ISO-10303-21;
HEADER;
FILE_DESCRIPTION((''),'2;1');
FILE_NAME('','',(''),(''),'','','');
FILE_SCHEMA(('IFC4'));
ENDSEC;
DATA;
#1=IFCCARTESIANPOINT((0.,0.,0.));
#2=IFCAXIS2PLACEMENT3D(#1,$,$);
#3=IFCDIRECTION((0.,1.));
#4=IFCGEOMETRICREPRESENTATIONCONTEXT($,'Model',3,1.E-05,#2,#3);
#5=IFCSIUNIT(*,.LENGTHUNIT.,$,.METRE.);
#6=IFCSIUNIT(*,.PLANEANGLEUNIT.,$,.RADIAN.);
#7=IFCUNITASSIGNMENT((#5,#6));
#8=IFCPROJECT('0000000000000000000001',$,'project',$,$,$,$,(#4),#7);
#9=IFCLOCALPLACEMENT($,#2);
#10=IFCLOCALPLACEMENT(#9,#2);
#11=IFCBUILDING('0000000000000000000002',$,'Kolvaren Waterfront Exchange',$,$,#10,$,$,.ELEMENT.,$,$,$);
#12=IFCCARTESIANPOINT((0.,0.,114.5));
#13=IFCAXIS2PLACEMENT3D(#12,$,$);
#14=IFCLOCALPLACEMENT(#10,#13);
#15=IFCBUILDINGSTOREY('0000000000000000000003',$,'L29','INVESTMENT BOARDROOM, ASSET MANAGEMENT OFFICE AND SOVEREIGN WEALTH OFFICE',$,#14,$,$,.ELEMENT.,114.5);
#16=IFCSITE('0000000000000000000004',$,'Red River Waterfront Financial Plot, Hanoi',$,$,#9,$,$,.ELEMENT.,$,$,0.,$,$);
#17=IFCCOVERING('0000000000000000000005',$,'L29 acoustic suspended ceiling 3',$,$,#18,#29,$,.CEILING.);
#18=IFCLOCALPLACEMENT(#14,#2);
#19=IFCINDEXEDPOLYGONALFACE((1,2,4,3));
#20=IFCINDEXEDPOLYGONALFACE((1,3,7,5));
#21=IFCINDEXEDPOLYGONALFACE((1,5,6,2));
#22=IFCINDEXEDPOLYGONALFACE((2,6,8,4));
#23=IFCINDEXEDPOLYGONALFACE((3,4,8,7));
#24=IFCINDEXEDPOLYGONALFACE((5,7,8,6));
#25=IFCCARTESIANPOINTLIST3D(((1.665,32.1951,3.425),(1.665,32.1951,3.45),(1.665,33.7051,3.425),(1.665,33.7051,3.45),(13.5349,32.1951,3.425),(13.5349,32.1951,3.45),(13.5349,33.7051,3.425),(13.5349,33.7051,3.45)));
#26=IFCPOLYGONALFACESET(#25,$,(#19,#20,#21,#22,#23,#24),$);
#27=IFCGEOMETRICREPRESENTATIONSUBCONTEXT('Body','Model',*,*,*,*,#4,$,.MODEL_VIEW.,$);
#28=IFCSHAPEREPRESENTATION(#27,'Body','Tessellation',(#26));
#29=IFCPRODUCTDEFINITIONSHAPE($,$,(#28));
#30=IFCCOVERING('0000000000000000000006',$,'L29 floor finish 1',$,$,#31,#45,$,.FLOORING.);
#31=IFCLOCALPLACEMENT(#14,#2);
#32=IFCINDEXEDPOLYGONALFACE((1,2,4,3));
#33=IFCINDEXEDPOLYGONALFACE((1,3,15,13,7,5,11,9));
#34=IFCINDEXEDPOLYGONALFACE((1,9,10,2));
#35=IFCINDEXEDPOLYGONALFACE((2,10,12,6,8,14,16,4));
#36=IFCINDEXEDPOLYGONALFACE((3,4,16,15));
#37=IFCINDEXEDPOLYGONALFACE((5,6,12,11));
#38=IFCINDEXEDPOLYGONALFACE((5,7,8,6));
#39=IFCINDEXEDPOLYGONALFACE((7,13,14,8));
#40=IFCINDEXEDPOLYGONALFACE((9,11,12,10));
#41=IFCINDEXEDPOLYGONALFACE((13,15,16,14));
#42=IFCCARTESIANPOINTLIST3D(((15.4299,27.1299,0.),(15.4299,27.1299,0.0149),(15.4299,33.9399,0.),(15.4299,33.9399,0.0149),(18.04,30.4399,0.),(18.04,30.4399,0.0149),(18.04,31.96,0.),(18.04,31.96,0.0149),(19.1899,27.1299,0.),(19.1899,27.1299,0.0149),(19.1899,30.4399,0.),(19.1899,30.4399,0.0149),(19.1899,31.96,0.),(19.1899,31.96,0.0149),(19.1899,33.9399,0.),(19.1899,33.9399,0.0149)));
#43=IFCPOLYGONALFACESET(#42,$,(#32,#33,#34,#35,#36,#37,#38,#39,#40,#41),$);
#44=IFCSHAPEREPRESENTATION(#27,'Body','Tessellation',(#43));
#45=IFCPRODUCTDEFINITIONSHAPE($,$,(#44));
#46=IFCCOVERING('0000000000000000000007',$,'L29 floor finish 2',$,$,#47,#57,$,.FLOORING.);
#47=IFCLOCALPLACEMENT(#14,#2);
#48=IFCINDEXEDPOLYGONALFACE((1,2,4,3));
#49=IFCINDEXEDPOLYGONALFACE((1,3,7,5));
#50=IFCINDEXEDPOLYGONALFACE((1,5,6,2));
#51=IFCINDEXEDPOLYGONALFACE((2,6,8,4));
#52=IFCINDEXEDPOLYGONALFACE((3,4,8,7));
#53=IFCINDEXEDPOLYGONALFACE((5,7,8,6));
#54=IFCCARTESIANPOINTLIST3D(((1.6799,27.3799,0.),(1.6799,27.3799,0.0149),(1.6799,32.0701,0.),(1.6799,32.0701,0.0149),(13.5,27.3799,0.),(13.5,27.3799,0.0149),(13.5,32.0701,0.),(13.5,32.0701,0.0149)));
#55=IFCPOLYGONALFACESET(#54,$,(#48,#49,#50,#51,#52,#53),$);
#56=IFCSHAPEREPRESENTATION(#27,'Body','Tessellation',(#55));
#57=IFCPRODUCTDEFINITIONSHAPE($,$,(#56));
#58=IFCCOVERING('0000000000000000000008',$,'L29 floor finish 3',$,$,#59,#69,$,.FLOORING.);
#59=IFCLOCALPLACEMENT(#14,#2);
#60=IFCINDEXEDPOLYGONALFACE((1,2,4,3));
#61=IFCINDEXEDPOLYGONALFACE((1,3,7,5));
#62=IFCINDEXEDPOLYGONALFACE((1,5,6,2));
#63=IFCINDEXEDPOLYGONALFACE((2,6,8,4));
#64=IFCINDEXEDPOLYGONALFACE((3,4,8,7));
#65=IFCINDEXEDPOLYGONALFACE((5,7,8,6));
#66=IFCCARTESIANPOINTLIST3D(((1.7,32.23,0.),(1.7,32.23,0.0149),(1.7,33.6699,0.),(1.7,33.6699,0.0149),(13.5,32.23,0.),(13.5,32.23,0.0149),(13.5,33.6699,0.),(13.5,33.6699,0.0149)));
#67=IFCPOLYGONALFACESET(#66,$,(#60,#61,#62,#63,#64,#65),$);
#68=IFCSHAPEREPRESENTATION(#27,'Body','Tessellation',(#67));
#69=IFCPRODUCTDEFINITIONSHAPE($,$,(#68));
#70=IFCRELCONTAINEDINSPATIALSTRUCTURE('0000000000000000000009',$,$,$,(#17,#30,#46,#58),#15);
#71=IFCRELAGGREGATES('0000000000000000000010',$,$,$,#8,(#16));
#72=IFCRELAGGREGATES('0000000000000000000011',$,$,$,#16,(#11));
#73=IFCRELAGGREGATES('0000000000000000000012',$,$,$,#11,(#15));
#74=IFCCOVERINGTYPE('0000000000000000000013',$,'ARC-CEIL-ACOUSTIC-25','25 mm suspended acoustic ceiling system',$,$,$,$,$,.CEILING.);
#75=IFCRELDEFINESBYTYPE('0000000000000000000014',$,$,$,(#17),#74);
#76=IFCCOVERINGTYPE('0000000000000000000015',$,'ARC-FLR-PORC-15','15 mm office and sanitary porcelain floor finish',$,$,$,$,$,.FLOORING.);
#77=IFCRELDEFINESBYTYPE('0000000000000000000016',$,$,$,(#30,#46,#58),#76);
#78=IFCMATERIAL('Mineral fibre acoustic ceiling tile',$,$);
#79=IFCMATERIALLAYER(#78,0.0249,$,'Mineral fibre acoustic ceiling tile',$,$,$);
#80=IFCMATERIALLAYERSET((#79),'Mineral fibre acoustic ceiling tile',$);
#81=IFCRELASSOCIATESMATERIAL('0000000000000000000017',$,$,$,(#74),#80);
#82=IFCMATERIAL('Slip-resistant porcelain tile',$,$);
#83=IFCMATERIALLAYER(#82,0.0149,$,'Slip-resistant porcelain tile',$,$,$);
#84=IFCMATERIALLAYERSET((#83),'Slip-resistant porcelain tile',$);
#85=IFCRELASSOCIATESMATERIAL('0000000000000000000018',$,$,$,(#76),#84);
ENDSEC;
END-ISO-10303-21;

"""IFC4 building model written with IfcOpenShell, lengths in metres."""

from ifc_helpers import new_model, si_unit, direction, frame, origin, place, context, subcontext, project, spatial, polyline, outline, extrude, material, layer, layer_set, type_object, element, save


model = new_model("IFC4")

# Units and contexts
model_context = context("Model", 3, precision=1e-05, world=origin(), true_north=direction((0.0, 1.0)))
body_context = subcontext(model_context, "Body", "Model", "MODEL_VIEW")
ifc_project = project(units=[si_unit("LENGTHUNIT", "METRE"), si_unit("PLANEANGLEUNIT", "RADIAN")], contexts=[model_context])

# Site, building, storey
site_placement = place(None, origin())
site = spatial("IfcSite", under=ifc_project, at=site_placement, Name="Red River Waterfront Financial Plot, Hanoi", CompositionType="ELEMENT", RefElevation=0.0)
building_placement = place(site_placement, origin())
building = spatial("IfcBuilding", under=site, at=building_placement, Name="Kolvaren Waterfront Exchange", CompositionType="ELEMENT")
storey_placement = place(building_placement, frame((0.0, 0.0, 114.5)))
storey = spatial("IfcBuildingStorey", under=building, at=storey_placement, Name="L29", Description="INVESTMENT BOARDROOM, ASSET MANAGEMENT OFFICE AND SOVEREIGN WEALTH OFFICE", CompositionType="ELEMENT", Elevation=114.5)

# Coverings
ifc_material_1 = material(Name="Mineral fibre acoustic ceiling tile")
ifc_layer_1 = layer(ifc_material_1, 0.0249, Name="Mineral fibre acoustic ceiling tile")
ifc_layer_set_1 = layer_set([ifc_layer_1], Name="Mineral fibre acoustic ceiling tile")
covering_type_1 = type_object("IfcCoveringType", Name="ARC-CEIL-ACOUSTIC-25", Description="25 mm suspended acoustic ceiling system", PredefinedType="CEILING", material=ifc_layer_set_1)
covering_1_placement = place(storey_placement, frame((0.0, 0.0, 3.425)))
element("IfcCovering", 1, at=covering_1_placement, inside=storey, type_object=covering_type_1, Name="L29 acoustic suspended ceiling 3", PredefinedType="CEILING", context=body_context, shape_type="SweptSolid", body=[
    extrude(outline(polyline([(13.5349, 32.1951), (13.5349, 33.7051), (1.665, 33.7051), (1.665, 32.1951), (13.5349, 32.1951)])), origin(), (0.0, 0.0, 1.0), 0.0249),
])
ifc_material_2 = material(Name="Slip-resistant porcelain tile")
ifc_layer_2 = layer(ifc_material_2, 0.0149, Name="Slip-resistant porcelain tile")
ifc_layer_set_2 = layer_set([ifc_layer_2], Name="Slip-resistant porcelain tile")
covering_type_2 = type_object("IfcCoveringType", Name="ARC-FLR-PORC-15", Description="15 mm office and sanitary porcelain floor finish", PredefinedType="FLOORING", material=ifc_layer_set_2)
covering_2_placement = place(storey_placement, origin())
element("IfcCovering", 2, at=covering_2_placement, inside=storey, type_object=covering_type_2, Name="L29 floor finish 1", PredefinedType="FLOORING", context=body_context, shape_type="SweptSolid", body=[
    extrude(outline(polyline([(15.4299, 33.9399), (15.4299, 27.1299), (19.1899, 27.1299), (19.1899, 30.4399), (18.04, 30.4399), (18.04, 31.96), (19.1899, 31.96), (19.1899, 33.9399), (15.4299, 33.9399)])), origin(), (0.0, 0.0, 1.0), 0.0149),
])
covering_3_placement = place(storey_placement, origin())
element("IfcCovering", 3, at=covering_3_placement, inside=storey, type_object=covering_type_2, Name="L29 floor finish 2", PredefinedType="FLOORING", context=body_context, shape_type="SweptSolid", body=[
    extrude(outline(polyline([(1.6799, 32.0701), (1.6799, 27.3799), (13.5, 27.3799), (13.5, 32.0701), (1.6799, 32.0701)])), origin(), (0.0, 0.0, 1.0), 0.0149),
])
covering_4_placement = place(storey_placement, origin())
element("IfcCovering", 4, at=covering_4_placement, inside=storey, type_object=covering_type_2, Name="L29 floor finish 3", PredefinedType="FLOORING", context=body_context, shape_type="SweptSolid", body=[
    extrude(outline(polyline([(1.7, 33.6699), (1.7, 32.23), (13.5, 32.23), (13.5, 33.6699), (1.7, 33.6699)])), origin(), (0.0, 0.0, 1.0), 0.0149),
])

save(model, "model.ifc")
